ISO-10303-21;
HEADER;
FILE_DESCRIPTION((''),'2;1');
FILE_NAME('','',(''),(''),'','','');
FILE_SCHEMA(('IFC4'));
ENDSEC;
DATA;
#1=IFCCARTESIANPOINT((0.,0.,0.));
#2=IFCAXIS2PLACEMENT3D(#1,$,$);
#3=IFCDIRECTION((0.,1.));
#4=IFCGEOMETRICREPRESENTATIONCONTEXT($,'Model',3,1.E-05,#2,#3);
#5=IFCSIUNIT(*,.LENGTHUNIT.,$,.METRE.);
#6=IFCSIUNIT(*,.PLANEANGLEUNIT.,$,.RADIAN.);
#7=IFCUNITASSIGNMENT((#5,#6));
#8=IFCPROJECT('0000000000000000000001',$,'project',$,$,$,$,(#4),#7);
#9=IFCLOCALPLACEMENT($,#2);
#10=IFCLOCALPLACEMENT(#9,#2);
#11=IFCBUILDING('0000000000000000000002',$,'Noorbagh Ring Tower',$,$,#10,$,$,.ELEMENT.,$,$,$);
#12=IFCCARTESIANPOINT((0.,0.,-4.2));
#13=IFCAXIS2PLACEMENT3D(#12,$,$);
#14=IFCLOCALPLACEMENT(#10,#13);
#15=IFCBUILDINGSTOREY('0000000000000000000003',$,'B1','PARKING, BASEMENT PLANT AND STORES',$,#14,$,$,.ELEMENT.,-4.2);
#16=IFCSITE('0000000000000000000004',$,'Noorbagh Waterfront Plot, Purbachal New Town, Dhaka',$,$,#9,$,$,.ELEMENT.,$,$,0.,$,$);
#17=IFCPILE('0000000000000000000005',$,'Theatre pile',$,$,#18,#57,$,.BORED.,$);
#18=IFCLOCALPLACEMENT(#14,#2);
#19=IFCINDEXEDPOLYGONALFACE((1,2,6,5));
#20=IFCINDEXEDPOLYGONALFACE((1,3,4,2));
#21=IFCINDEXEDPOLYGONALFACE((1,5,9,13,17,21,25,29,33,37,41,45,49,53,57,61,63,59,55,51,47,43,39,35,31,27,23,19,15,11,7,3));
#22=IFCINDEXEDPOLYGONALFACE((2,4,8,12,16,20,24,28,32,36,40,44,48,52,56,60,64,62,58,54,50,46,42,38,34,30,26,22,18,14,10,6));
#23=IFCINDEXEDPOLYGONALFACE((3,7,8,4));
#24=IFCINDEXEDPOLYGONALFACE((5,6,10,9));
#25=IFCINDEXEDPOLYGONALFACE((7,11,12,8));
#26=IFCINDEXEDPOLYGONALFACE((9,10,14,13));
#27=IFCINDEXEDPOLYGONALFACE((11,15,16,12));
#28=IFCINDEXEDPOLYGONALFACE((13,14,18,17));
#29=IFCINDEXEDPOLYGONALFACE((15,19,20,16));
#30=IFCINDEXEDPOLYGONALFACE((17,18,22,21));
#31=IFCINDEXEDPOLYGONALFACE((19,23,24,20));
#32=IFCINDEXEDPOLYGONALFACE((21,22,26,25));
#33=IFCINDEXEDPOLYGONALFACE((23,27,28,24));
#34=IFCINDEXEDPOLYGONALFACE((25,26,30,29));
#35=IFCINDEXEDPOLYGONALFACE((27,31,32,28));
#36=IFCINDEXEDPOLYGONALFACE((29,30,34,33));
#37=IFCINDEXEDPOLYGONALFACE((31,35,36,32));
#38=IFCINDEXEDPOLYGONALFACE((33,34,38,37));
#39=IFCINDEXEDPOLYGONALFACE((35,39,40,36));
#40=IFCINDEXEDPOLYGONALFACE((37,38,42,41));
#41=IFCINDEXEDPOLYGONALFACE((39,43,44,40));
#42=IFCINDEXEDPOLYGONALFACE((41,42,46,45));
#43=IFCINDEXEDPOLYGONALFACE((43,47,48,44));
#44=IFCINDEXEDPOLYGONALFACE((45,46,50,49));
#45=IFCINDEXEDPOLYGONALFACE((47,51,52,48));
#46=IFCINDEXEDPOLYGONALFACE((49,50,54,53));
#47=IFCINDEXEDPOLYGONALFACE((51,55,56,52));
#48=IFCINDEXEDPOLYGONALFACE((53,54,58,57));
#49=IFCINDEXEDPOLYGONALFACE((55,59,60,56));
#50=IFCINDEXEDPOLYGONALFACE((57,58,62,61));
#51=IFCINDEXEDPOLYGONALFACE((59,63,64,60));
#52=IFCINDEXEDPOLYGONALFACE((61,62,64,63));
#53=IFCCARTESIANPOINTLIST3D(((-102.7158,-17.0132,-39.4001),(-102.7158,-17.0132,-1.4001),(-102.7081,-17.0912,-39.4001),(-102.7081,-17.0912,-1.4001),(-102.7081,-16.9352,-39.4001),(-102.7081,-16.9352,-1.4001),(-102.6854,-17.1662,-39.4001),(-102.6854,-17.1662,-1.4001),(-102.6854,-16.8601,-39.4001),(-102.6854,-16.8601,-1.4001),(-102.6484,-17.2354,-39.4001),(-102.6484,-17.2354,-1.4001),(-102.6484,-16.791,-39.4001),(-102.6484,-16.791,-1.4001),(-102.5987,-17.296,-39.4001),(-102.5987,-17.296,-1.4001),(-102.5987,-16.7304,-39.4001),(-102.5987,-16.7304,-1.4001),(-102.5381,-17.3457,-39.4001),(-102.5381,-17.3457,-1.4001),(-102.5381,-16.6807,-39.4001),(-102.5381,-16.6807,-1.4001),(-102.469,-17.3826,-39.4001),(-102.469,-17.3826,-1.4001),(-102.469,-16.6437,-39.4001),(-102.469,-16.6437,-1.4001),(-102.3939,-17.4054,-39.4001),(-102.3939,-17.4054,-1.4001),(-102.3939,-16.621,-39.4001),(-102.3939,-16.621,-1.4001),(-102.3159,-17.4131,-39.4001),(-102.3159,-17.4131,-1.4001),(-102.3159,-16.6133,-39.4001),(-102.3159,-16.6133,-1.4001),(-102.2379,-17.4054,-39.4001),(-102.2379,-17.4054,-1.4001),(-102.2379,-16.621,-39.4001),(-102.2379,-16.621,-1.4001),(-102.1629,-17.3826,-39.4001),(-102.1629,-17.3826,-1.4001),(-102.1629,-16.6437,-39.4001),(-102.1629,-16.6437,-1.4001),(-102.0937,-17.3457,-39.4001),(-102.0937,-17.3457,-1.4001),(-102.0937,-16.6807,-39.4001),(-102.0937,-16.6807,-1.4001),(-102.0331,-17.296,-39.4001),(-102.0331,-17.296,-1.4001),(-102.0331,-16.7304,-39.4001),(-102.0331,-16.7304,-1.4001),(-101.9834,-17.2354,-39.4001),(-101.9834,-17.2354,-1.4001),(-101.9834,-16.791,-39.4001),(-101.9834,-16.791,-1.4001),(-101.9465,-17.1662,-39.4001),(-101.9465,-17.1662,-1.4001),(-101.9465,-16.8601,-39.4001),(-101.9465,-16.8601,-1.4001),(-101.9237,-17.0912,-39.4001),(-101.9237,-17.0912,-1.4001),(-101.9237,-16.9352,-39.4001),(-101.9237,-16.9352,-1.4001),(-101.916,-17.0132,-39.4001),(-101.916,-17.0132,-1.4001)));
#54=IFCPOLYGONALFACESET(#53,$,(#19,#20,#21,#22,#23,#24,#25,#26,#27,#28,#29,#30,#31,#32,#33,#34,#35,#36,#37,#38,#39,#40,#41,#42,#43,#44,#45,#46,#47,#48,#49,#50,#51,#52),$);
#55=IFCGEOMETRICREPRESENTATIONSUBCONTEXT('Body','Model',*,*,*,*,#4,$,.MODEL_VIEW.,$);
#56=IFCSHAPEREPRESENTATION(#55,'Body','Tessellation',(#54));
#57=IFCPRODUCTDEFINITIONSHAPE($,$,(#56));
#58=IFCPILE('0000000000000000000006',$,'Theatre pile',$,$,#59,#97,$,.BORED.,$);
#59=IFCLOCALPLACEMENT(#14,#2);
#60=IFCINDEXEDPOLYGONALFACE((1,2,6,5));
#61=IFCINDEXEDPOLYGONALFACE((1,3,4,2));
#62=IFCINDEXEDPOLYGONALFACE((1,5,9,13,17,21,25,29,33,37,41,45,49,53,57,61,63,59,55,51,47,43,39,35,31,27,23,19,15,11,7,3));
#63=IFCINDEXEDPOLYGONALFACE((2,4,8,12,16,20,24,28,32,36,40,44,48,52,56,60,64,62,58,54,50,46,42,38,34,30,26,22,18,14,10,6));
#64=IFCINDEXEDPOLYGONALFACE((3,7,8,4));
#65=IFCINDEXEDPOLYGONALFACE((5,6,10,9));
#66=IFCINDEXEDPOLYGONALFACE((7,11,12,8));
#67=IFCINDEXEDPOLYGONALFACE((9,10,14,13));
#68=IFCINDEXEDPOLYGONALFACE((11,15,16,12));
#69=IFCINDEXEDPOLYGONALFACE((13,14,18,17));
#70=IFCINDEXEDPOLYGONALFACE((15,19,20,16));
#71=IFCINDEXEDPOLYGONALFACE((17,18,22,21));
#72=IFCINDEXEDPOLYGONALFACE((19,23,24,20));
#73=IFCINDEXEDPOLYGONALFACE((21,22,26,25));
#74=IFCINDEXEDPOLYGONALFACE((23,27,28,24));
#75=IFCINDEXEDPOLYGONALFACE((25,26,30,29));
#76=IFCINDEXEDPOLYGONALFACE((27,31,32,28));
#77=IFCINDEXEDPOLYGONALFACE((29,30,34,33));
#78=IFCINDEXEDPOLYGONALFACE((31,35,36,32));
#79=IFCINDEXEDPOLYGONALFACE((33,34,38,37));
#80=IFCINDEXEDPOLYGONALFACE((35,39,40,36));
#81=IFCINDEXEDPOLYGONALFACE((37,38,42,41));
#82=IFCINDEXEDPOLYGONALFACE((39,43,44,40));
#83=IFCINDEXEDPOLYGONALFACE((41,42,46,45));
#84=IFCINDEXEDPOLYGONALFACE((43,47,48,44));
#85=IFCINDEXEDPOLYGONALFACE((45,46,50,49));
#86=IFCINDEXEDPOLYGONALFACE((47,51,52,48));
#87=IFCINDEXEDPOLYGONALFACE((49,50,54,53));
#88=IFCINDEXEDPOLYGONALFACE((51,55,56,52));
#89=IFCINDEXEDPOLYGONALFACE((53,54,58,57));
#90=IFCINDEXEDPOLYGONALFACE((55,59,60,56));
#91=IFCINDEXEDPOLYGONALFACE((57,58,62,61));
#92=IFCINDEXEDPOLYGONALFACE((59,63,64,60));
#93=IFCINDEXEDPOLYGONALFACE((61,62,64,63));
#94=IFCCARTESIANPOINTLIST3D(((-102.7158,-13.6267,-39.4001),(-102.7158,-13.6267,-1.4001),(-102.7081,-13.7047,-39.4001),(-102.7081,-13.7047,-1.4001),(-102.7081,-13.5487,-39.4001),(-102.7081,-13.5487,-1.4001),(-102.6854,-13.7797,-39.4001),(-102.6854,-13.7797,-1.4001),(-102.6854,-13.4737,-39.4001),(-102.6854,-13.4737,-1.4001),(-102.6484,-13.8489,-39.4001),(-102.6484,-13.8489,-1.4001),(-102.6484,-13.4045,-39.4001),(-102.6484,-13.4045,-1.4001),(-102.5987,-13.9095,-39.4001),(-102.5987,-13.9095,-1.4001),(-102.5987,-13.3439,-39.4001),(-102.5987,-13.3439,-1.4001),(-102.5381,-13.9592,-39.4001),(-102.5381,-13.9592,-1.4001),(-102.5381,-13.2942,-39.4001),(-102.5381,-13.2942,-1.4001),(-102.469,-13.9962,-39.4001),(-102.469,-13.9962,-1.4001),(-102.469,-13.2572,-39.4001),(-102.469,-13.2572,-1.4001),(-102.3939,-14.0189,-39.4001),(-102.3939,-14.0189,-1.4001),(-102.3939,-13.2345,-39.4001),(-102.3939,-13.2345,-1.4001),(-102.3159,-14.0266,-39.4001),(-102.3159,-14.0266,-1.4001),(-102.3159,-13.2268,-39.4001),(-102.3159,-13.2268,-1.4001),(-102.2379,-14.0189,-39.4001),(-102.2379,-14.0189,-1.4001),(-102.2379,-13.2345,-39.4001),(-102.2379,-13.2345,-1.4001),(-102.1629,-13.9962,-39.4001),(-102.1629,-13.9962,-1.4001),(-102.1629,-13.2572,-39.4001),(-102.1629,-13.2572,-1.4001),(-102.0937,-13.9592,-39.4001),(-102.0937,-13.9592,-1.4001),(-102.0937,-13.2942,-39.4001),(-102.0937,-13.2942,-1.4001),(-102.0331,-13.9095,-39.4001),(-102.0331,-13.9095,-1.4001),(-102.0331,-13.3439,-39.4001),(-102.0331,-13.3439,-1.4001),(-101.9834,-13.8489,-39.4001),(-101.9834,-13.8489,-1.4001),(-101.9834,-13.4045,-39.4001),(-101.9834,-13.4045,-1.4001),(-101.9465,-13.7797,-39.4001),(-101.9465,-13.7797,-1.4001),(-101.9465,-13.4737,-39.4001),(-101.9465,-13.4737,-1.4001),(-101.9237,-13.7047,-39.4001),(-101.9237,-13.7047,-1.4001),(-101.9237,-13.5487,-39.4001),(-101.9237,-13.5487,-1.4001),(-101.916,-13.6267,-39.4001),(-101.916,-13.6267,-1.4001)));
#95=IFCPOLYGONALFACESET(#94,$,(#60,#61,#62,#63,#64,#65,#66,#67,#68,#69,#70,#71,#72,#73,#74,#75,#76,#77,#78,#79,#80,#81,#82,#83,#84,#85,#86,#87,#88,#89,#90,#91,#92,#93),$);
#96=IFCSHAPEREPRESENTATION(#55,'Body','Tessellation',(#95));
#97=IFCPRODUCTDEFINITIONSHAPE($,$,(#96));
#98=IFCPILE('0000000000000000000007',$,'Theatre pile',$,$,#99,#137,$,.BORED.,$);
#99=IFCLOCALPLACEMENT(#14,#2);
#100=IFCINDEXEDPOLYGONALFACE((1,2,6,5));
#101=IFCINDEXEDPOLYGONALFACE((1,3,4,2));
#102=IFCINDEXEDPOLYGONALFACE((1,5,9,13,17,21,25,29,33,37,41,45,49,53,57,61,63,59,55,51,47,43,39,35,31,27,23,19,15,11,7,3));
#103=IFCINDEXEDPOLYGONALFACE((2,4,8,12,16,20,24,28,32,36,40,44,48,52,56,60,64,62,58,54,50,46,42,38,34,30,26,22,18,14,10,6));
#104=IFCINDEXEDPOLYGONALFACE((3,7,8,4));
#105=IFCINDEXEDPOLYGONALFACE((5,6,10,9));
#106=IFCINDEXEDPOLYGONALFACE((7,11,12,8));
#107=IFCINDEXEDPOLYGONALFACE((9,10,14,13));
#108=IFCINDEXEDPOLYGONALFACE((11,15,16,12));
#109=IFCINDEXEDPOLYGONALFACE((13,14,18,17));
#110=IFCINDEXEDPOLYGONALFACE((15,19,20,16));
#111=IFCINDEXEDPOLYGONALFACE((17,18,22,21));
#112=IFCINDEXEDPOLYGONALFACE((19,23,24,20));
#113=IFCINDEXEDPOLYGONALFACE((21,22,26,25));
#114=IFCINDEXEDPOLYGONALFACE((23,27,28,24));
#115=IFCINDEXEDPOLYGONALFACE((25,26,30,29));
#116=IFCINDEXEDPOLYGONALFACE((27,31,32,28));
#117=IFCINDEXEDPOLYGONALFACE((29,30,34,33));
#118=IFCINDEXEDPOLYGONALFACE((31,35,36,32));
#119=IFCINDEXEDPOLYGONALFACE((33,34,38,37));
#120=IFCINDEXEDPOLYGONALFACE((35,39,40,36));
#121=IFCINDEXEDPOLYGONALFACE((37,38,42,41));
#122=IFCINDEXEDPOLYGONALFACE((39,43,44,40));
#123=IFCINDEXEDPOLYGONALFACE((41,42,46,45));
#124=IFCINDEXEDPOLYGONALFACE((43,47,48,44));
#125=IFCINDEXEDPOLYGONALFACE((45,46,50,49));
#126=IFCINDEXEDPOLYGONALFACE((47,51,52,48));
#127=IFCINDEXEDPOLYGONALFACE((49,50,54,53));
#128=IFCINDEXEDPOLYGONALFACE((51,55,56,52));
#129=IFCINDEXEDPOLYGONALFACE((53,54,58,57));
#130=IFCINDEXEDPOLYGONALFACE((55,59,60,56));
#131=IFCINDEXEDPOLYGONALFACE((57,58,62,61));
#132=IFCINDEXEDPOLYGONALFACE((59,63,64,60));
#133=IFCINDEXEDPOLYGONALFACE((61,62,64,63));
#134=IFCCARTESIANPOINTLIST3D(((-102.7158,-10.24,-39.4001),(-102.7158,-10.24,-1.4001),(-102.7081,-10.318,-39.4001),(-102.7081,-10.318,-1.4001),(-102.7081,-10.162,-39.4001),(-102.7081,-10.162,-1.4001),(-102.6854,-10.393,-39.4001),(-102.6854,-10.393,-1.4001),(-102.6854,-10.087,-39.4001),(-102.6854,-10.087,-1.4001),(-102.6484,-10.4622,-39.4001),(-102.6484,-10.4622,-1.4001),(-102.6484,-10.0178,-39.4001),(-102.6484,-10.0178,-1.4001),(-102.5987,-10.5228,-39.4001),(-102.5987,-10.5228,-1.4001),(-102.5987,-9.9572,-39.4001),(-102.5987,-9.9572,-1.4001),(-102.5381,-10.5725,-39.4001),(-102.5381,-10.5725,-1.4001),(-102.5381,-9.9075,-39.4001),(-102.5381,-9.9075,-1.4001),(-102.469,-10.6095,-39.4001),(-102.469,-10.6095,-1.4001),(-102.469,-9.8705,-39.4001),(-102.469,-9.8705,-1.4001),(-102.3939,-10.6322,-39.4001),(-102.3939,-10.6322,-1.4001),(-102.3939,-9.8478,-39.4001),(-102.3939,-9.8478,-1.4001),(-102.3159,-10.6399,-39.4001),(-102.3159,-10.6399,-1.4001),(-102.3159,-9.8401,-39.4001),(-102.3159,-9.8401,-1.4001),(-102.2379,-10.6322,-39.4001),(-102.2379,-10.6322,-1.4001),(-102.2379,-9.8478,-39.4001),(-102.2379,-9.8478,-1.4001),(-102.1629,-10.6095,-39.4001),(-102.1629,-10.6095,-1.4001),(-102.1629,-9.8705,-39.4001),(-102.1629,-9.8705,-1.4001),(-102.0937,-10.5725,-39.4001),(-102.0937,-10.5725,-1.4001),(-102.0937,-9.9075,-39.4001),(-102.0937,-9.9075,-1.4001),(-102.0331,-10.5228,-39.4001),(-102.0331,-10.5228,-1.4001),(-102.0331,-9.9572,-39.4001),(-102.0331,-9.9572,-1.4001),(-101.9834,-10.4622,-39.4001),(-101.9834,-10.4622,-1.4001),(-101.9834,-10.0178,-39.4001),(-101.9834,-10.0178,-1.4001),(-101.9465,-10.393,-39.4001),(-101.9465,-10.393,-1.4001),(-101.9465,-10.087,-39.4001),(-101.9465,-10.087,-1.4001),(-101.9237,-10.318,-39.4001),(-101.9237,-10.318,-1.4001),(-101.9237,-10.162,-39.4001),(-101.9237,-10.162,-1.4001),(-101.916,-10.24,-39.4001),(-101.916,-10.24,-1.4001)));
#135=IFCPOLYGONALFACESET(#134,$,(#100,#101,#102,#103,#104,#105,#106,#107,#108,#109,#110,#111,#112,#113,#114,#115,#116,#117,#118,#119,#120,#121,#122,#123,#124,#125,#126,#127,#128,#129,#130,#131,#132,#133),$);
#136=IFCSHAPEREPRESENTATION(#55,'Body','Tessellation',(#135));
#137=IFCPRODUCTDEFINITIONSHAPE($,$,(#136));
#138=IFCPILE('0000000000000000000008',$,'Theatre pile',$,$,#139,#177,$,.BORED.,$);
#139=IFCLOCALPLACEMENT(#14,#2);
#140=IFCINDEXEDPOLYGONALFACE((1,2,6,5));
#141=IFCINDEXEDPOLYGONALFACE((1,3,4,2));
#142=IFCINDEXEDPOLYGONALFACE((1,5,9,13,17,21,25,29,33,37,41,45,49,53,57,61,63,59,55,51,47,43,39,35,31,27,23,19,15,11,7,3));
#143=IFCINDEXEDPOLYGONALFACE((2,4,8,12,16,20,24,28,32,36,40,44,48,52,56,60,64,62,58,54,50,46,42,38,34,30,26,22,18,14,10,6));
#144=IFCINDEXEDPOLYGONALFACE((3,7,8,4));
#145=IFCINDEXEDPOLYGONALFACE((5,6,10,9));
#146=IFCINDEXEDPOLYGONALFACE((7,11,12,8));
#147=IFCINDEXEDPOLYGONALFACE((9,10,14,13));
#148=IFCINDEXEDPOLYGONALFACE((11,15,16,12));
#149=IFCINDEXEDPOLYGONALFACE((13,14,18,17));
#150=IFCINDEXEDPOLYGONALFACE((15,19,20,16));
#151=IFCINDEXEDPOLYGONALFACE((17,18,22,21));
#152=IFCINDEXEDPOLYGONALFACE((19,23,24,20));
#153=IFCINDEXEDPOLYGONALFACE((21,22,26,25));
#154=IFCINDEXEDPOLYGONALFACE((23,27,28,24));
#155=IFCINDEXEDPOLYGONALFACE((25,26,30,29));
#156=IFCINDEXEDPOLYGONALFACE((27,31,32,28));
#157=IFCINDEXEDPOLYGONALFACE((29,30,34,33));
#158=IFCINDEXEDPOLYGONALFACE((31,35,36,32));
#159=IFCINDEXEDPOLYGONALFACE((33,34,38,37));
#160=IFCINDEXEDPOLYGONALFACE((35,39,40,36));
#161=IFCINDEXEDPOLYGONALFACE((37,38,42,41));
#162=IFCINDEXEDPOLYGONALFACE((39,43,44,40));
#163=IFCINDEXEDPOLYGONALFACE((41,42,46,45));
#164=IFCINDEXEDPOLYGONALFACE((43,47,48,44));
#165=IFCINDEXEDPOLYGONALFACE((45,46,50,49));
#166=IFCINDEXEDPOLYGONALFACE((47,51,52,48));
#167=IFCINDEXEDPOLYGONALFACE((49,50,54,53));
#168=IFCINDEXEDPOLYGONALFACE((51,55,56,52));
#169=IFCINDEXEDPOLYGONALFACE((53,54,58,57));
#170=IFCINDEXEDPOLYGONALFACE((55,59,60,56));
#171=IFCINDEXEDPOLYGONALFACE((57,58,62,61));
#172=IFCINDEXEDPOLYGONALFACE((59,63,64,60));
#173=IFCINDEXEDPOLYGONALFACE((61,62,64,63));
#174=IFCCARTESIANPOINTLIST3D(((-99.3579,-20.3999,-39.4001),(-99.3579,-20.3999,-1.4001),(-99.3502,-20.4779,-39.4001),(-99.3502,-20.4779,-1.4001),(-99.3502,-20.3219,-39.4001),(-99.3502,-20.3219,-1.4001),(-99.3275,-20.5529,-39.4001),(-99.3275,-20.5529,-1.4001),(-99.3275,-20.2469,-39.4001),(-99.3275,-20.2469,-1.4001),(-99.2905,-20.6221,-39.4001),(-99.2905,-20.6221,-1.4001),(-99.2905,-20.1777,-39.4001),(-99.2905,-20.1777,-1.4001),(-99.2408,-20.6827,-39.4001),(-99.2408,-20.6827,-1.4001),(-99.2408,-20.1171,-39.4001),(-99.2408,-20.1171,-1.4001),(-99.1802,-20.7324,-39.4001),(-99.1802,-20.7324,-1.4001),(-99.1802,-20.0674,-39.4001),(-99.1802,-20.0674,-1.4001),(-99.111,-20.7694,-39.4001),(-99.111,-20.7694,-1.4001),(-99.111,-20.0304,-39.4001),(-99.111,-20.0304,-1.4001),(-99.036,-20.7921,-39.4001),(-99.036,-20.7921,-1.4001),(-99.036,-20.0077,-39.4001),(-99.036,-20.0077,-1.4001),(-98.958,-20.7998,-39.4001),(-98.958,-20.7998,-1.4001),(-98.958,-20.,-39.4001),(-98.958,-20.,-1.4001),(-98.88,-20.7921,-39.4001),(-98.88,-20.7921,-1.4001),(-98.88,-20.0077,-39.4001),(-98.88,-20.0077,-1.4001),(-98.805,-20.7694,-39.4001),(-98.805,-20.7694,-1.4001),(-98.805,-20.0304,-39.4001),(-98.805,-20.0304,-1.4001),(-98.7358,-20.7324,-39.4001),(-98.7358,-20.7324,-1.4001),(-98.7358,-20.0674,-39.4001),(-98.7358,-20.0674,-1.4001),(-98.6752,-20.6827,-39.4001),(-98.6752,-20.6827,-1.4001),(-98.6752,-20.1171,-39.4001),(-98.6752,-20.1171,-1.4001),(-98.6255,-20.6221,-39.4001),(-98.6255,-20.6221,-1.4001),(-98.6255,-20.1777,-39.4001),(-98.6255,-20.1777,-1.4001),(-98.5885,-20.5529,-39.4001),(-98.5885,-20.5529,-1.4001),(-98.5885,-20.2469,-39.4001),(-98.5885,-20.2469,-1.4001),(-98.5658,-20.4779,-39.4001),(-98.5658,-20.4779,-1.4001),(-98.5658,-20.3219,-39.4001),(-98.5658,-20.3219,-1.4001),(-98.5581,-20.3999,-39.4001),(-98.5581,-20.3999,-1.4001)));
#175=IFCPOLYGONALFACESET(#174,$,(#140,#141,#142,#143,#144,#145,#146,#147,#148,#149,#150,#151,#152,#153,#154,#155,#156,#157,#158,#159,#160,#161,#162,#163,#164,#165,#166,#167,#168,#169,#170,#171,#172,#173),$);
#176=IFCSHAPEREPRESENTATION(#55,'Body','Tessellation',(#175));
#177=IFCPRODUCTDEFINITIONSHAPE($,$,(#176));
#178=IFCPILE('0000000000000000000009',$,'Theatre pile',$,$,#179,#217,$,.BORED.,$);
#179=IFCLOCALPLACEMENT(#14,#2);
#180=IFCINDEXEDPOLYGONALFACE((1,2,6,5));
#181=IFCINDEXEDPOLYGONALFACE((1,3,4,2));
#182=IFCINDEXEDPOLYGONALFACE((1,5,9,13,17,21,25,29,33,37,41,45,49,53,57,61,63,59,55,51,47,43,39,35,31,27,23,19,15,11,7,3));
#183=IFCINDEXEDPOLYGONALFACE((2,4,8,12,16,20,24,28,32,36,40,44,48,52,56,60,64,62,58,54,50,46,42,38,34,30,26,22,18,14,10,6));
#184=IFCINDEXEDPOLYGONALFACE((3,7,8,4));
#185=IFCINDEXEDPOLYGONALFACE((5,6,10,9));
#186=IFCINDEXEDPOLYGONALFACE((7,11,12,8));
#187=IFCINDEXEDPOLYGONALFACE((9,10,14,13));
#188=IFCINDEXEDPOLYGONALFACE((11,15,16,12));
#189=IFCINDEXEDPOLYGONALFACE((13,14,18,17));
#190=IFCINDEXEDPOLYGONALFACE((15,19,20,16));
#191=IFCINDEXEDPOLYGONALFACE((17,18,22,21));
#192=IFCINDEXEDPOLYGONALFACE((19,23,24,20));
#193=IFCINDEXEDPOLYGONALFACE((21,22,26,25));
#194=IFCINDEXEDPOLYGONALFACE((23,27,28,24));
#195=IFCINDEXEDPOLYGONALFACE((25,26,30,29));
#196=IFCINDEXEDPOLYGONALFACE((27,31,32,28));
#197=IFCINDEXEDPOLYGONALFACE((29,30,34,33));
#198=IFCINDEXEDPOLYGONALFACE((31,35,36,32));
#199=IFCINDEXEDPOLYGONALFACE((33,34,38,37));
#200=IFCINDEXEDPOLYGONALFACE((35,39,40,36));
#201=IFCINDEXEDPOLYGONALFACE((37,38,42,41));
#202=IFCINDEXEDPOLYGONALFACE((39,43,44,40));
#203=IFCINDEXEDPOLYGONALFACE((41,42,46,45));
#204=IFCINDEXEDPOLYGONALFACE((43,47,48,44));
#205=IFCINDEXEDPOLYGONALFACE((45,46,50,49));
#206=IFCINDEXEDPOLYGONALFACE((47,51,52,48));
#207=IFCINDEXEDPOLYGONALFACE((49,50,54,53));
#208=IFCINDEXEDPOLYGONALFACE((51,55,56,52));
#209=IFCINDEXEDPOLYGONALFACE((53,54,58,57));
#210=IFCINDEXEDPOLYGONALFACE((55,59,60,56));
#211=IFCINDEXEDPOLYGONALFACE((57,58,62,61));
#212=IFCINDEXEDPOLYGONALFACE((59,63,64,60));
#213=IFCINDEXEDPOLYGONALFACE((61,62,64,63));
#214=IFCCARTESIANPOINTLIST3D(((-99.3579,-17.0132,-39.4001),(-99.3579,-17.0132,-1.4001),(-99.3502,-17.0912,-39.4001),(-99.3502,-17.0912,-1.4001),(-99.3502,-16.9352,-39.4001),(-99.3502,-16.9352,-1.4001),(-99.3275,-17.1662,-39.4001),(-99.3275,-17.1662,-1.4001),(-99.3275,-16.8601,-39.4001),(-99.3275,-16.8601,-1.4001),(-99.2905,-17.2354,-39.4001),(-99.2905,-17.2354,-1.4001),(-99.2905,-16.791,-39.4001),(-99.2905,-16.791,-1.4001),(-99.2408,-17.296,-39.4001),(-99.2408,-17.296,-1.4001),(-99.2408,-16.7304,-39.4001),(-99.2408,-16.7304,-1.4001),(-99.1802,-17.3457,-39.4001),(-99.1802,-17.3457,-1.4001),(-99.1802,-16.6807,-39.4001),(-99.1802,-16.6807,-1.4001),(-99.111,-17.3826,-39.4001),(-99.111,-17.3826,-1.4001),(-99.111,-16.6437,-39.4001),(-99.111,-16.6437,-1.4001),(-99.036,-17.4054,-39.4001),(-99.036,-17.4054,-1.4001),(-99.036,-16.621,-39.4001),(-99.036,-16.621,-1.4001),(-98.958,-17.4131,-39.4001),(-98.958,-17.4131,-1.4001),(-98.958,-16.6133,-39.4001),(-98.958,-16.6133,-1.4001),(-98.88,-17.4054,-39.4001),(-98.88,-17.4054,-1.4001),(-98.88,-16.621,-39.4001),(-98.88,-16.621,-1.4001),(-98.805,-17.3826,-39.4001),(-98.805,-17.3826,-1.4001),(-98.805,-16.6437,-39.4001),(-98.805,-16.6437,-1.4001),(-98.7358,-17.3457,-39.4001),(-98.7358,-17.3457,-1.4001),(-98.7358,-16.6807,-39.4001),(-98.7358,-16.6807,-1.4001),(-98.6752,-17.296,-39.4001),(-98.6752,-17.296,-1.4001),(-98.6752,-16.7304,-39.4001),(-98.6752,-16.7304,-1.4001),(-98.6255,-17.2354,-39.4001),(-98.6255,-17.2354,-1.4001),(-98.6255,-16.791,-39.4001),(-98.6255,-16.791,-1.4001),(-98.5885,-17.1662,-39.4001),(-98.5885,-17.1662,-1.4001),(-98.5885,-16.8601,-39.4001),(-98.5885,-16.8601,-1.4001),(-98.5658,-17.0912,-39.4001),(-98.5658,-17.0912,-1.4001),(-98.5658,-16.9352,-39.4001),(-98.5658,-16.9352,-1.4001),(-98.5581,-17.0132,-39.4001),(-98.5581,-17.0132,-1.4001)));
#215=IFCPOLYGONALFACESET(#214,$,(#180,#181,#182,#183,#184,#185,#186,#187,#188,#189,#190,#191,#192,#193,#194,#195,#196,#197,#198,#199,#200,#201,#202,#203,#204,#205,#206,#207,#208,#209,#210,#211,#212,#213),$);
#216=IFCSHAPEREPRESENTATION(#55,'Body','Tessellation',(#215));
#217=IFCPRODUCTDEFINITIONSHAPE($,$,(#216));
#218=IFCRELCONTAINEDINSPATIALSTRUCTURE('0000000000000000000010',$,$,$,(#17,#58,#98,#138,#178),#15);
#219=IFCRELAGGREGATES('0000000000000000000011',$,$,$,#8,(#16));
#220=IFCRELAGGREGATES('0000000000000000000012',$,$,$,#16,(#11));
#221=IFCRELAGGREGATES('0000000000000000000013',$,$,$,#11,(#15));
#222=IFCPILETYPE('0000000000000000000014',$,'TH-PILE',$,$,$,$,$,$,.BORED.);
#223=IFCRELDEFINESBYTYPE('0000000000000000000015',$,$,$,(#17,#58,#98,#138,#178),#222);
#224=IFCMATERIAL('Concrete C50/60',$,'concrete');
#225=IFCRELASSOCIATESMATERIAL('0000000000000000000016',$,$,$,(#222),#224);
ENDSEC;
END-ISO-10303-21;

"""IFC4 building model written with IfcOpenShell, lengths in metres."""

from ifc_helpers import new_model, si_unit, direction, frame, origin, origin_2d, place, context, subcontext, project, spatial, circle, extrude, material, material_profile, profile_set, type_object, element, save


model = new_model("IFC4")

# Units and contexts
model_context = context("Model", 3, precision=1e-05, world=origin(), true_north=direction((0.0, 1.0)))
body_context = subcontext(model_context, "Body", "Model", "MODEL_VIEW")
ifc_project = project(units=[si_unit("LENGTHUNIT", "METRE"), si_unit("PLANEANGLEUNIT", "RADIAN")], contexts=[model_context])

# Site, building, storey
site_placement = place(None, origin())
site = spatial("IfcSite", under=ifc_project, at=site_placement, Name="Noorbagh Waterfront Plot, Purbachal New Town, Dhaka", CompositionType="ELEMENT", RefElevation=0.0)
building_placement = place(site_placement, origin())
building = spatial("IfcBuilding", under=site, at=building_placement, Name="Noorbagh Ring Tower", CompositionType="ELEMENT")
storey_placement = place(building_placement, frame((0.0, 0.0, -4.2)))
storey = spatial("IfcBuildingStorey", under=building, at=storey_placement, Name="B1", Description="PARKING, BASEMENT PLANT AND STORES", CompositionType="ELEMENT", Elevation=-4.2)

# Piles
ifc_material_1 = material(Name="Concrete C50/60", Category="concrete")
ifc_material_profile_1 = material_profile(ifc_material_1, circle(Radius=0.3999, at=origin_2d()), Name="PILE800")
ifc_profile_set_1 = profile_set([ifc_material_profile_1], Name="Concrete C50/60")
pile_type = type_object("IfcPileType", Name="TH-PILE", PredefinedType="BORED", material=ifc_profile_set_1)
for number, where, z_axis, x_axis, name in (
    (1, (-102.3159, -17.0132, -1.4001), (0.0, 0.0, -1.0), (1.0, 0.0, 0.0), "Theatre pile"),
    (2, (-102.3159, -13.6267, -1.4001), (0.0, 0.0, -1.0), (1.0, 0.0, 0.0), "Theatre pile"),
    (3, (-102.3159, -10.24, -1.4001), (0.0, 0.0, -1.0), (1.0, 0.0, 0.0), "Theatre pile"),
    (4, (-98.958, -20.3999, -1.4001), (0.0, 0.0, -1.0), (1.0, 0.0, 0.0), "Theatre pile"),
    (5, (-98.958, -17.0132, -1.4001), (0.0, 0.0, -1.0), (1.0, 0.0, 0.0), "Theatre pile"),
):
    element("IfcPile", number, at=place(storey_placement, frame(where, z_axis=z_axis, x_axis=x_axis)), inside=storey, type_object=pile_type, Name=name, PredefinedType="BORED", context=body_context, shape_type="SweptSolid", body=[
        extrude(circle(Radius=0.3999, at=origin_2d()), origin(), (0.0, 0.0, 1.0), 38.0),
    ])

save(model, "model.ifc")
